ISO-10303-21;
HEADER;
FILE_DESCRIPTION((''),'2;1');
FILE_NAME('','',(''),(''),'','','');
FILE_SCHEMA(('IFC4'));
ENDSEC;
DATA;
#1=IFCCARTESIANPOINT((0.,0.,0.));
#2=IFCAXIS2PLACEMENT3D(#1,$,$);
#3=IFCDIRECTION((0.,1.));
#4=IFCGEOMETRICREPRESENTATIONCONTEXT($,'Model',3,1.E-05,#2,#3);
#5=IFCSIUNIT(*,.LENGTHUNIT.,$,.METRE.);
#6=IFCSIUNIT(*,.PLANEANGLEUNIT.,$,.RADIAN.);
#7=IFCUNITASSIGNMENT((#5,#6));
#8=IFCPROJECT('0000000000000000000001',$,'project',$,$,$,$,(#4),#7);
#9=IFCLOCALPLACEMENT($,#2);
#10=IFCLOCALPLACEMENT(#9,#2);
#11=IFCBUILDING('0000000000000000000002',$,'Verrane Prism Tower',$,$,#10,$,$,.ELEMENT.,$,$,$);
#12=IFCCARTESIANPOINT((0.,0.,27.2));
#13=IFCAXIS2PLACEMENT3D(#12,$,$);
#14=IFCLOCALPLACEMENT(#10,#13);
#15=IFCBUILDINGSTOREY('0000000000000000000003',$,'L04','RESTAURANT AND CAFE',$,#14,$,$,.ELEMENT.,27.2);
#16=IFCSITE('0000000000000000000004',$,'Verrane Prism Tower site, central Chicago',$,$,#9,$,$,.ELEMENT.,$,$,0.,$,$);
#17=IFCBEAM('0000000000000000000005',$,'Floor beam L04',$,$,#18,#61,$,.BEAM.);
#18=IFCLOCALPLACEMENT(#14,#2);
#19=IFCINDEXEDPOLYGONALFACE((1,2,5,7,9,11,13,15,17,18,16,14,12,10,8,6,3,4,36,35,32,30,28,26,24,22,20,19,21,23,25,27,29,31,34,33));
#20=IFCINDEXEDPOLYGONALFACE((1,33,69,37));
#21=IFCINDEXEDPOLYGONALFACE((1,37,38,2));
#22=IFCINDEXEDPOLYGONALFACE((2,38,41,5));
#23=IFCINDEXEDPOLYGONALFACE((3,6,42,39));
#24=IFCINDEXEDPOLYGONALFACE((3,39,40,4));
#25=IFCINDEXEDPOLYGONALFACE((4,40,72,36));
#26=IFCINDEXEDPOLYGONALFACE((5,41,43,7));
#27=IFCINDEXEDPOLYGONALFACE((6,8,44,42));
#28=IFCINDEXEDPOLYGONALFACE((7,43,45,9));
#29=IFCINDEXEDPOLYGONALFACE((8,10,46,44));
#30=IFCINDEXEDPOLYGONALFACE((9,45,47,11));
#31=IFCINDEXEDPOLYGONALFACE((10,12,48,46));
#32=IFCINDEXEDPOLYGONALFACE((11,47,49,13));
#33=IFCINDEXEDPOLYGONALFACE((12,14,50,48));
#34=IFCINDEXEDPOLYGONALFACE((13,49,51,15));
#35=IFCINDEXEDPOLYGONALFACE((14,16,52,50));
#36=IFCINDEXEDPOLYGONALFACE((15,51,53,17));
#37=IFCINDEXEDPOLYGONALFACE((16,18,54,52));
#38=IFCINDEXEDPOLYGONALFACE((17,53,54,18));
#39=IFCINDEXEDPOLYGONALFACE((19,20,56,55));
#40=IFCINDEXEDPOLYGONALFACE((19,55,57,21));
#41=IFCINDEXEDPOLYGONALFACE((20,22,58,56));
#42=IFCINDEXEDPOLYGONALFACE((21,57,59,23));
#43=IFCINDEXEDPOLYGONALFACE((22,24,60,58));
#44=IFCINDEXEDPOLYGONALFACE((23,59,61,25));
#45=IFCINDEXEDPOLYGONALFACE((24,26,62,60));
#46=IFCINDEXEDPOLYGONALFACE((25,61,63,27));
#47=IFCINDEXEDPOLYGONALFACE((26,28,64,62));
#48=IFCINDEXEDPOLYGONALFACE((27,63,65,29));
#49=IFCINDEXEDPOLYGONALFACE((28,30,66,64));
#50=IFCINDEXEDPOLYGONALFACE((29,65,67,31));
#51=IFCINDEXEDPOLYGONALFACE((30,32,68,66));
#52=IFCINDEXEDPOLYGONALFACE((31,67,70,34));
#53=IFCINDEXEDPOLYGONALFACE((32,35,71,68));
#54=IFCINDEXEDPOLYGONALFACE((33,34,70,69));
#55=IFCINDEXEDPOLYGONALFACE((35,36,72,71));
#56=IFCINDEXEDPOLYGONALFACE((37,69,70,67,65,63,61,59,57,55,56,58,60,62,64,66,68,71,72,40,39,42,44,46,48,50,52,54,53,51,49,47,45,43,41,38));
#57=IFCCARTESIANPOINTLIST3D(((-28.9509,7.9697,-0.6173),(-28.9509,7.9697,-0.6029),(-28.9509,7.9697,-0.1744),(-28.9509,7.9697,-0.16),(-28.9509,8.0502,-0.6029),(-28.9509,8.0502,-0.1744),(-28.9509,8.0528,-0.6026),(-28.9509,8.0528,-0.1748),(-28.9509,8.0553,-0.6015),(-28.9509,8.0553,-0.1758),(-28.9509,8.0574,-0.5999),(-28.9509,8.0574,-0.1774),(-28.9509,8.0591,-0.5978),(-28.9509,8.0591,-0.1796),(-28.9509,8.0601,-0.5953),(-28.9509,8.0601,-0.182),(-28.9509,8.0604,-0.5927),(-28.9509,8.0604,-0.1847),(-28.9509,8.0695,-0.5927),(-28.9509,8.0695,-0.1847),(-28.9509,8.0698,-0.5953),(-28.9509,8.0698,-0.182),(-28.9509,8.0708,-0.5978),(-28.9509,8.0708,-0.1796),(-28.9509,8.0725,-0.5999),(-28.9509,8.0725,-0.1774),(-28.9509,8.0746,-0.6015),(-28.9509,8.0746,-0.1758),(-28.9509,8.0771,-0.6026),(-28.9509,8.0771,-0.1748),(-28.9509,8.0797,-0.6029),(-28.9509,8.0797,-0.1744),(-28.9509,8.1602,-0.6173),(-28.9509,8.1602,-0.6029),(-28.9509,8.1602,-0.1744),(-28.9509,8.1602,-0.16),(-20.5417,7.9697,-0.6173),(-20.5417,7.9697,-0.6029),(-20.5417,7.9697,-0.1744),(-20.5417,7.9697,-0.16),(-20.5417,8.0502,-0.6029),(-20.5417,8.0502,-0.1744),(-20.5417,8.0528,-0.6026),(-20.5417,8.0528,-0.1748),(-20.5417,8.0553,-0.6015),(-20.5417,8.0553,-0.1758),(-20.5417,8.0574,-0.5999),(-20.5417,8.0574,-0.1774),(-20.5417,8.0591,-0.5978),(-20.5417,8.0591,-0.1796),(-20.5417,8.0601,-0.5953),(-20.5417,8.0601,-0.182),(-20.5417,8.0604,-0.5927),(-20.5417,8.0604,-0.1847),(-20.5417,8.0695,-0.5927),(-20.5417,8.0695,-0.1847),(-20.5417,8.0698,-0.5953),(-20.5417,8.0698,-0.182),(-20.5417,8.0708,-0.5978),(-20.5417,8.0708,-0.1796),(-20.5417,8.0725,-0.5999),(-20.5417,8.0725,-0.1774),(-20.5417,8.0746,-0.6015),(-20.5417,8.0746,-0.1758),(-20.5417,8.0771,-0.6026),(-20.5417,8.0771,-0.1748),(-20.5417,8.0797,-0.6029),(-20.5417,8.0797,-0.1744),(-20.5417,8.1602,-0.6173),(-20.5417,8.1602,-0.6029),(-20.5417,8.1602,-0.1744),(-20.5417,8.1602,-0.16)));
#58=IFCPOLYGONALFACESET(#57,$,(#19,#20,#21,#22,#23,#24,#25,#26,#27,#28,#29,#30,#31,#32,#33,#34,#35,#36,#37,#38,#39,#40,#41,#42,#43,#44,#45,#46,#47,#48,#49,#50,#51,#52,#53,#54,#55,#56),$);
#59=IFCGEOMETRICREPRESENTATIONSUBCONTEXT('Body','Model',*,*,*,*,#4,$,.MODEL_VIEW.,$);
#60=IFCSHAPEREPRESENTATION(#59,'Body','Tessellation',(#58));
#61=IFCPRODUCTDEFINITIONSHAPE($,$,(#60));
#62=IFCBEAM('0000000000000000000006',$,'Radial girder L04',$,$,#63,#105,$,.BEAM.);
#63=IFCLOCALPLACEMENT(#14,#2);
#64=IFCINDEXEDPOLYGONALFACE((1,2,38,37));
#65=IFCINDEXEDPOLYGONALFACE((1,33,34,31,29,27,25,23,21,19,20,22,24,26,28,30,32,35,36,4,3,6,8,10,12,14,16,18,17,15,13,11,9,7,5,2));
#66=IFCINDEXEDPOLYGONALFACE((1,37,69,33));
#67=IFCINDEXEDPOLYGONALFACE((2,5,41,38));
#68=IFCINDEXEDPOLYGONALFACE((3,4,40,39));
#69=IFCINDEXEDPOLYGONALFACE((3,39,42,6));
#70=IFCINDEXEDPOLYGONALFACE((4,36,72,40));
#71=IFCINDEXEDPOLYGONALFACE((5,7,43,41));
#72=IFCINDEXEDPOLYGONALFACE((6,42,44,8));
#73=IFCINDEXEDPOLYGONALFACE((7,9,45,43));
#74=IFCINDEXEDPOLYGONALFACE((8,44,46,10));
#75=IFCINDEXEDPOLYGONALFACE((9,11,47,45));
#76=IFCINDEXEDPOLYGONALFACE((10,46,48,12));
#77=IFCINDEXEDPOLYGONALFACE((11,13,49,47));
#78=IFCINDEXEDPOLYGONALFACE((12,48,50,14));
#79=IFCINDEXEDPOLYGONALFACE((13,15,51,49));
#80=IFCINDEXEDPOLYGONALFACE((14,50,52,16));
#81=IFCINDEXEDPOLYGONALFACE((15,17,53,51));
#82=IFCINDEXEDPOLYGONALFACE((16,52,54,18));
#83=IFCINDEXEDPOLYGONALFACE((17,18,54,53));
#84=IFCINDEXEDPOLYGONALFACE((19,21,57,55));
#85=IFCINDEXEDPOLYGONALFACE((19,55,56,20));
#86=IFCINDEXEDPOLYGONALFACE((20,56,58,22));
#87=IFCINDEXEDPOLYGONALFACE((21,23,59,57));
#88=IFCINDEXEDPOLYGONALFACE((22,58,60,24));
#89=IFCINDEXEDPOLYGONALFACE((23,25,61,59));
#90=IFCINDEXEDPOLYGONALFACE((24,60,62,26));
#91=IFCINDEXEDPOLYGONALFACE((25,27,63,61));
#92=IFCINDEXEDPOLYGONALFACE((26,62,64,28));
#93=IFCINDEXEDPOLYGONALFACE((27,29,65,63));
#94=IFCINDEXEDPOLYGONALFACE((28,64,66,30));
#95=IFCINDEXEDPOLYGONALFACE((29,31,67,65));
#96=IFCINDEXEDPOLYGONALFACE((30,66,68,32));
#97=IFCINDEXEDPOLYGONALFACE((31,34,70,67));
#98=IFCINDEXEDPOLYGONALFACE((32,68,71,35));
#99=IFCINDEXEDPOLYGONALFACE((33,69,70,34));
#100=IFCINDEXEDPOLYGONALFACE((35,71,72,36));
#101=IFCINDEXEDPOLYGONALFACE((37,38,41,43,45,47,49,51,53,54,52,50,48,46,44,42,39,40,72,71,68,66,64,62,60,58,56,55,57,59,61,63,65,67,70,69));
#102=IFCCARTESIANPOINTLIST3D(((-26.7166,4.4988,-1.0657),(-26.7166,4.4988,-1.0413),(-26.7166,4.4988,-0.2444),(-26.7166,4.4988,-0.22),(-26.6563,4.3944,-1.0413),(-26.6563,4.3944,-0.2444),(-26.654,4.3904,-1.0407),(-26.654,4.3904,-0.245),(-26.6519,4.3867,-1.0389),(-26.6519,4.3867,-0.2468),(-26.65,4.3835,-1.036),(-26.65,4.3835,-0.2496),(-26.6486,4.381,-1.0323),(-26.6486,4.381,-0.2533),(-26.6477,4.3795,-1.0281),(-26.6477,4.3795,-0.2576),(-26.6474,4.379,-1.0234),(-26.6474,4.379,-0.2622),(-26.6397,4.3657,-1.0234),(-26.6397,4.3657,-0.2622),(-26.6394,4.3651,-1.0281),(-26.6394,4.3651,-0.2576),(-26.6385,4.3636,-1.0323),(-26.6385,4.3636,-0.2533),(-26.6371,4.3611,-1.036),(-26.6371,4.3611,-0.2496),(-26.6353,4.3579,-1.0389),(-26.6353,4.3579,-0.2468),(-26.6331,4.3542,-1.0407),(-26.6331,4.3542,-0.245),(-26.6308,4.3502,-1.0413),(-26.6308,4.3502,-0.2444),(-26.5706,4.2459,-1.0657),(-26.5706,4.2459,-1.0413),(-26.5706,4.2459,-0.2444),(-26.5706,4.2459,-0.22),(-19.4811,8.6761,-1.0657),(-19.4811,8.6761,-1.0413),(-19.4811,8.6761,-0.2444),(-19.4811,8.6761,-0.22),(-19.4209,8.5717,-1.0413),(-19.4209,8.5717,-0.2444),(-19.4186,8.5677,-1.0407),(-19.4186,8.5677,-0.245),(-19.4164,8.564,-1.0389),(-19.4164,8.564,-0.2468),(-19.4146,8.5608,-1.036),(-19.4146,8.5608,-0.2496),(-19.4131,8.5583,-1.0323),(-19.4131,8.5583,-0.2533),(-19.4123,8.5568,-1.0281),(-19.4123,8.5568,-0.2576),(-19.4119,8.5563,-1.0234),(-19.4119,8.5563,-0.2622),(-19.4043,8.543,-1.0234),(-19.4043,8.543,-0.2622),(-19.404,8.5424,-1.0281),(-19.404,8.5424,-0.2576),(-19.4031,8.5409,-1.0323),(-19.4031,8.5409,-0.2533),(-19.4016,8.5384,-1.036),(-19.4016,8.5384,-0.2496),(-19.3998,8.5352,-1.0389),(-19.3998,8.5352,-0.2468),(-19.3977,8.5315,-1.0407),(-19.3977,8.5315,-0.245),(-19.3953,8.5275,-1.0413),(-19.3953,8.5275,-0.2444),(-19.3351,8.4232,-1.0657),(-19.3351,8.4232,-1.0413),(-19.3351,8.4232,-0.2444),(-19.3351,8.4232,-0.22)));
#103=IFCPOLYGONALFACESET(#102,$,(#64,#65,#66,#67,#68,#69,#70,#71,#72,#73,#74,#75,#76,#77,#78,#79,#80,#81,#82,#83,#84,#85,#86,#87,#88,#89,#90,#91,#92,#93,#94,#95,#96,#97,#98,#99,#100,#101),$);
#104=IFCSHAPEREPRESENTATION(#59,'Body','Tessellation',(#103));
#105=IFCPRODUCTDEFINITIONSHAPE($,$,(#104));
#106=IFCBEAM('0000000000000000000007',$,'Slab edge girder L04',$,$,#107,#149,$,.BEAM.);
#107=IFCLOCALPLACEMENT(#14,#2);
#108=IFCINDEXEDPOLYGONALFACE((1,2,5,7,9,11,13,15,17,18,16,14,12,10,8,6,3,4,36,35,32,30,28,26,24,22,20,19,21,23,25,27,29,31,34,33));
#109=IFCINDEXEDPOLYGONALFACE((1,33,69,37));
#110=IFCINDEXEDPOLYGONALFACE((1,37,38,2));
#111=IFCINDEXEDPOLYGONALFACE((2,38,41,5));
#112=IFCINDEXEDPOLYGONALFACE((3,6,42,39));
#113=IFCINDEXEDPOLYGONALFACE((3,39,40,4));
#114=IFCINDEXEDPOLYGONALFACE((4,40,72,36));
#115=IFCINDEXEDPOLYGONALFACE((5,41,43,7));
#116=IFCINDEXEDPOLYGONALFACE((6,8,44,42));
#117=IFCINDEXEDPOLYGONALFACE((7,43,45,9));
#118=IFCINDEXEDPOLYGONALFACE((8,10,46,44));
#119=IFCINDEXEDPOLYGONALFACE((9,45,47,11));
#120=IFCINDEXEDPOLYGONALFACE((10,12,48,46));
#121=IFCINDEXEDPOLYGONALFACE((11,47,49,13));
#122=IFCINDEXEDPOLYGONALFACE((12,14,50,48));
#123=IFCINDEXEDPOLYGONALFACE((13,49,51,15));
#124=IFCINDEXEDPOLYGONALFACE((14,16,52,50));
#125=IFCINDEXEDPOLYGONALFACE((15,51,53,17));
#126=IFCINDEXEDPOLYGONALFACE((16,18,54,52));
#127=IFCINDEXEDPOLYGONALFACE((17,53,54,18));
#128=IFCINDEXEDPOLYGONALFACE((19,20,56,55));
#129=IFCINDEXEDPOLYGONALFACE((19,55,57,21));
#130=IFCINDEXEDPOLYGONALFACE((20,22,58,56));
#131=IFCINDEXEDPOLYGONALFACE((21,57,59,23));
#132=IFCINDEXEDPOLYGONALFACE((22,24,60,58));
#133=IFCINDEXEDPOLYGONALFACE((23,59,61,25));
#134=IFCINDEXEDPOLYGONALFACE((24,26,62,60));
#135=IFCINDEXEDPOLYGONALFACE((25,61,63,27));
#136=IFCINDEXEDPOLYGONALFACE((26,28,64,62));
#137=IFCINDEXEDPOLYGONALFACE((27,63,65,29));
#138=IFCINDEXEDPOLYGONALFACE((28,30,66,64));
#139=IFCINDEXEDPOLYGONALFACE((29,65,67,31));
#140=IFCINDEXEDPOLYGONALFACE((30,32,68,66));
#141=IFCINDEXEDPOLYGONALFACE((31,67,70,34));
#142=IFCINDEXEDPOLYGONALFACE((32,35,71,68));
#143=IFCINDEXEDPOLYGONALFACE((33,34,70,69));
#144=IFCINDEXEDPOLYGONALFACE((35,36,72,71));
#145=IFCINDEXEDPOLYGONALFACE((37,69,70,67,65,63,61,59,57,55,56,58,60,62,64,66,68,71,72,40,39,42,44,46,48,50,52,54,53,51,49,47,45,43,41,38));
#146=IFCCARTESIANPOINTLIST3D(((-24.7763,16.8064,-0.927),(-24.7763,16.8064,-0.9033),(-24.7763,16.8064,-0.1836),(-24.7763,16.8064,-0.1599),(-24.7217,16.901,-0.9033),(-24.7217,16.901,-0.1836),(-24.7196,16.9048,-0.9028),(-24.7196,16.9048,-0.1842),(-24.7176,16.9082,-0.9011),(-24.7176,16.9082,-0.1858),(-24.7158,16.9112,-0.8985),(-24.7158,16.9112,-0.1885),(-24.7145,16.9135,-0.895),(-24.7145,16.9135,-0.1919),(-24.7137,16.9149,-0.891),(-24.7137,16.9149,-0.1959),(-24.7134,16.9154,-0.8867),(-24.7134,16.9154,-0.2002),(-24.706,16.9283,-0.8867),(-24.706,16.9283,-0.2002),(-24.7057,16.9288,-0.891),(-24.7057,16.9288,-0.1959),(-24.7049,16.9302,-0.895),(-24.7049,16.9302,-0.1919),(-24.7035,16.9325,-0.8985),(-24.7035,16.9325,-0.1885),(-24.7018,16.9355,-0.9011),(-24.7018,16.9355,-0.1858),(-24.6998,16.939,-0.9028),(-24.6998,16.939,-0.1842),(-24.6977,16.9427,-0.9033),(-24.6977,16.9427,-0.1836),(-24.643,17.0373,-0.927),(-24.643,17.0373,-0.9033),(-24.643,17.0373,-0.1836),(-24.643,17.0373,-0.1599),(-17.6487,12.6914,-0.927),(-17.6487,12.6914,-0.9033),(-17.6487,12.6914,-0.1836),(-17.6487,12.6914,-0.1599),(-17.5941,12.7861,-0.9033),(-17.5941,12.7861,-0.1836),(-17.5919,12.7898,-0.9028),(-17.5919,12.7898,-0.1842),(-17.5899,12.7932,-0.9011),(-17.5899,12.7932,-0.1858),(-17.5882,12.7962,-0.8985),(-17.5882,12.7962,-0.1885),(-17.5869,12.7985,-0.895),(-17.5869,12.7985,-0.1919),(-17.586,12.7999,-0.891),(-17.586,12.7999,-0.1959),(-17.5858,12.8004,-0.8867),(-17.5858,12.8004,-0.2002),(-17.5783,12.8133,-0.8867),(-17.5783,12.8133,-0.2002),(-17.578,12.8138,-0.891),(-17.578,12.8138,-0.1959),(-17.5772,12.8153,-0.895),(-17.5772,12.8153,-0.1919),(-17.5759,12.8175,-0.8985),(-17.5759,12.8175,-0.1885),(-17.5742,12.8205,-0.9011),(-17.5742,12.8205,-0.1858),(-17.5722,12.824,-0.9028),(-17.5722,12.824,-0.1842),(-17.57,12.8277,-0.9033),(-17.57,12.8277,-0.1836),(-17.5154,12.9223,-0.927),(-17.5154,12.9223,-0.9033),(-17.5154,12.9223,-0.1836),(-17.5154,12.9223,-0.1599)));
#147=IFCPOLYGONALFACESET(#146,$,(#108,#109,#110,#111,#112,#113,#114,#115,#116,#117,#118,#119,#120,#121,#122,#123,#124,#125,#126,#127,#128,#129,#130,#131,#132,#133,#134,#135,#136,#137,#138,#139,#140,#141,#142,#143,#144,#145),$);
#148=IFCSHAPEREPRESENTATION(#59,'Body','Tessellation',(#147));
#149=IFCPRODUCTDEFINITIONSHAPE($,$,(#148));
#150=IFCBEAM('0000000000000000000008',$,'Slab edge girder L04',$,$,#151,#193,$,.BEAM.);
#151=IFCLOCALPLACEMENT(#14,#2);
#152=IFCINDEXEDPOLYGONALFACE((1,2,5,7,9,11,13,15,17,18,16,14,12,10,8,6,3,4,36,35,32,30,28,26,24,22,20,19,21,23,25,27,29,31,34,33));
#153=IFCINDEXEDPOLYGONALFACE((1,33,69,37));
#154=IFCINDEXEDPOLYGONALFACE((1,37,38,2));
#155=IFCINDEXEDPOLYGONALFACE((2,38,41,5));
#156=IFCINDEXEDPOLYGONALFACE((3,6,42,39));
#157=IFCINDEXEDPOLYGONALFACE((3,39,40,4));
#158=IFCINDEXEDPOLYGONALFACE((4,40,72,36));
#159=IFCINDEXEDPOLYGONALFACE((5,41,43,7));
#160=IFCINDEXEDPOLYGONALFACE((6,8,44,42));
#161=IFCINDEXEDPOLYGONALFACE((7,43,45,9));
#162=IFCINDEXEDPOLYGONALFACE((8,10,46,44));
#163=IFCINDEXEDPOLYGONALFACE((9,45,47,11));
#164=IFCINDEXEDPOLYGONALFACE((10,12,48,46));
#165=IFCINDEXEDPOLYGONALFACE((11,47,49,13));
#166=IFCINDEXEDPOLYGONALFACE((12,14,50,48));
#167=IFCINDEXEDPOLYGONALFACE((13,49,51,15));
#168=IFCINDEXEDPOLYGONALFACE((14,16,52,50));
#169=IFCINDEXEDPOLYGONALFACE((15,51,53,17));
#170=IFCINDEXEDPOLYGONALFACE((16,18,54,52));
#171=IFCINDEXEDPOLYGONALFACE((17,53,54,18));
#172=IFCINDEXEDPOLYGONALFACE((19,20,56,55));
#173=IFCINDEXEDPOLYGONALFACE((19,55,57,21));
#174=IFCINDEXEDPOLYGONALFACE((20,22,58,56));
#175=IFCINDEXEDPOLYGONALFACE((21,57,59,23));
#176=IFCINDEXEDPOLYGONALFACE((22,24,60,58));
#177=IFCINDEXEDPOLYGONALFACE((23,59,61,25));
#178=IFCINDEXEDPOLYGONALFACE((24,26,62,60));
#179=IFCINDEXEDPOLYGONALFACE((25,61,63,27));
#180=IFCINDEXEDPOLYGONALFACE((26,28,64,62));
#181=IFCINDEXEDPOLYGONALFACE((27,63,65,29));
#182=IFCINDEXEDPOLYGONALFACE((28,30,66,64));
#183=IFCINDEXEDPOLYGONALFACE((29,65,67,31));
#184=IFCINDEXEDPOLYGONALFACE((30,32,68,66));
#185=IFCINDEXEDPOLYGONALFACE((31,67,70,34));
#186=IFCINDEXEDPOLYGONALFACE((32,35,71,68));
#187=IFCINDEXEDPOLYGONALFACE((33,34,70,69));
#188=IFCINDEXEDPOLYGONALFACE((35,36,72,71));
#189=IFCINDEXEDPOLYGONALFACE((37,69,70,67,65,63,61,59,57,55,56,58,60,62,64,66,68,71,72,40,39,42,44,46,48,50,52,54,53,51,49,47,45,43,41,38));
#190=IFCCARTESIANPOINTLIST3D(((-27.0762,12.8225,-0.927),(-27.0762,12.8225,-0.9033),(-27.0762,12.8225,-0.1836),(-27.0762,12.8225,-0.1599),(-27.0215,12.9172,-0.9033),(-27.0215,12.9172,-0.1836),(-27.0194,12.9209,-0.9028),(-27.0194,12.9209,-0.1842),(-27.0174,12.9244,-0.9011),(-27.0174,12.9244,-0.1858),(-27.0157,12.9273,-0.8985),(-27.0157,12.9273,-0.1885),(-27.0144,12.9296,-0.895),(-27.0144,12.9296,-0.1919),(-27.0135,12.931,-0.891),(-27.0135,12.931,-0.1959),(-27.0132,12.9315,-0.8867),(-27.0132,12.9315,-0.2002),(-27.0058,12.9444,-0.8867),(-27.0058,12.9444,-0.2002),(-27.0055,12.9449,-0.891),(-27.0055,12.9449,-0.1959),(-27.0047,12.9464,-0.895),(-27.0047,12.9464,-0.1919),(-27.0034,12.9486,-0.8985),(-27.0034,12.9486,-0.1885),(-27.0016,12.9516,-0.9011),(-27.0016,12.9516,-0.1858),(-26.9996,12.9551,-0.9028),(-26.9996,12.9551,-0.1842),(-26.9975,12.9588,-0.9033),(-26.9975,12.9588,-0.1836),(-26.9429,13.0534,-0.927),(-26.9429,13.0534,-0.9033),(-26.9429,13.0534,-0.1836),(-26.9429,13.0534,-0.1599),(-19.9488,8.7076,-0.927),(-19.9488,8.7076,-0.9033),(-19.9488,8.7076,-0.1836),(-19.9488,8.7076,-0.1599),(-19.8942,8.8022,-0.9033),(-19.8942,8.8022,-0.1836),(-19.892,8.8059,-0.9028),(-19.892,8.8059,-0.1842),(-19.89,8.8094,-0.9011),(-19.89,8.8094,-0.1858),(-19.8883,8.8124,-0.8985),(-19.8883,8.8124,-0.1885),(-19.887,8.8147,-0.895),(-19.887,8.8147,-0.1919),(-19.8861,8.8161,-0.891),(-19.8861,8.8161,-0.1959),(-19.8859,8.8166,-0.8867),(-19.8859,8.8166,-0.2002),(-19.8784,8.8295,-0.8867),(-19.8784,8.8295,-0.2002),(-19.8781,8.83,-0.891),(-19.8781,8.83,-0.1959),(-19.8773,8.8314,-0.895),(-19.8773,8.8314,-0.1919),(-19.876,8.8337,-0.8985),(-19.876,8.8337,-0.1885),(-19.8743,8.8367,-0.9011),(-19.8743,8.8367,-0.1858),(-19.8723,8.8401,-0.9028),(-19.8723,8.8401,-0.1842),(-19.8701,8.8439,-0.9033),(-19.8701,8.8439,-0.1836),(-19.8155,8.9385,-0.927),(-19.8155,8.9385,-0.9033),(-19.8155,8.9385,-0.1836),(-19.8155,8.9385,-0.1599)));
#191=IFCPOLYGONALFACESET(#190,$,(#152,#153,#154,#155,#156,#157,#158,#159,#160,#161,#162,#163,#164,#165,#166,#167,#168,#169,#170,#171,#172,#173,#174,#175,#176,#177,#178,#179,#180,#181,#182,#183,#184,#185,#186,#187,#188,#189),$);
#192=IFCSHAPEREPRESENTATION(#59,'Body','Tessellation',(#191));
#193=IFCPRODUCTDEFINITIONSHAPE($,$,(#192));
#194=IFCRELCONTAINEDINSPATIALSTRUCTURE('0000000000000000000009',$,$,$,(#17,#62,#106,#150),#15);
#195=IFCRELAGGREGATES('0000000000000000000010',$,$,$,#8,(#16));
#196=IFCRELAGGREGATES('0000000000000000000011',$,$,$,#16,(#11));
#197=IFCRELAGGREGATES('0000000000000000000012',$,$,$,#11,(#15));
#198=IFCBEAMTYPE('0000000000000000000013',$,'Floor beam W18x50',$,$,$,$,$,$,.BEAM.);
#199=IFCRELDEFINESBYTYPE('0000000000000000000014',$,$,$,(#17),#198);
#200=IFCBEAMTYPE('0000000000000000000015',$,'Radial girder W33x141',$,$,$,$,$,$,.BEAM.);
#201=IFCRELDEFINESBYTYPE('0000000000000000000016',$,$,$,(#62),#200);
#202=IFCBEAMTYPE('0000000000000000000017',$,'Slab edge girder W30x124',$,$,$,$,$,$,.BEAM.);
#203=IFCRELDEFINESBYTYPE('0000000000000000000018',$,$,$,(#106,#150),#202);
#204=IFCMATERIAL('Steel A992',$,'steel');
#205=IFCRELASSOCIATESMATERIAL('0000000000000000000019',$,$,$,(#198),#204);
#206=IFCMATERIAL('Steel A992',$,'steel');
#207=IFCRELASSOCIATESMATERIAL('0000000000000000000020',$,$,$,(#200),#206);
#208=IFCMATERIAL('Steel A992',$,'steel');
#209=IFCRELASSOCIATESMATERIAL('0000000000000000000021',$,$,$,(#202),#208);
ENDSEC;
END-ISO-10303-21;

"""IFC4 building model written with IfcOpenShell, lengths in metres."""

from ifc_helpers import new_model, si_unit, direction, frame, origin, origin_2d, place, context, subcontext, project, spatial, i_section, extrude, material, material_profile, profile_set, type_object, element, save


model = new_model("IFC4")

# Units and contexts
model_context = context("Model", 3, precision=1e-05, world=origin(), true_north=direction((0.0, 1.0)))
body_context = subcontext(model_context, "Body", "Model", "MODEL_VIEW")
ifc_project = project(units=[si_unit("LENGTHUNIT", "METRE"), si_unit("PLANEANGLEUNIT", "RADIAN")], contexts=[model_context])

# Site, building, storey
site_placement = place(None, origin())
site = spatial("IfcSite", under=ifc_project, at=site_placement, Name="Verrane Prism Tower site, central Chicago", CompositionType="ELEMENT", RefElevation=0.0)
building_placement = place(site_placement, origin())
building = spatial("IfcBuilding", under=site, at=building_placement, Name="Verrane Prism Tower", CompositionType="ELEMENT")
storey_placement = place(building_placement, frame((0.0, 0.0, 27.2)))
storey = spatial("IfcBuildingStorey", under=building, at=storey_placement, Name="L04", Description="RESTAURANT AND CAFE", CompositionType="ELEMENT", Elevation=27.2)

# Beams
ifc_material_1 = material(Name="Steel A992", Category="steel")
ifc_material_profile_1 = material_profile(ifc_material_1, i_section(OverallWidth=0.1904, OverallDepth=0.4573, WebThickness=0.009, FlangeThickness=0.0144, FilletRadius=0.0103, at=origin_2d()), Name="W18x50")
ifc_profile_set_1 = profile_set([ifc_material_profile_1], Name="Steel A992")
beam_type_1 = type_object("IfcBeamType", Name="Floor beam W18x50", PredefinedType="BEAM", material=ifc_profile_set_1)
beam_1_placement = place(storey_placement, frame((-28.9509, 8.0649, -0.3887), z_axis=(1.0, 0.0, 0.0), x_axis=(0.0, 1.0, 0.0)))
element("IfcBeam", 1, at=beam_1_placement, inside=storey, type_object=beam_type_1, Name="Floor beam L04", PredefinedType="BEAM", context=body_context, shape_type="SweptSolid", body=[
    extrude(i_section(OverallWidth=0.1904, OverallDepth=0.4573, WebThickness=0.009, FlangeThickness=0.0144, FilletRadius=0.0103, at=origin_2d()), origin(), (0.0, 0.0, 1.0), 8.4092),
])
ifc_material_2 = material(Name="Steel A992", Category="steel")
ifc_material_profile_2 = material_profile(ifc_material_2, i_section(OverallWidth=0.292, OverallDepth=0.8457, WebThickness=0.0154, FlangeThickness=0.0244, FilletRadius=0.0178, at=origin_2d()), Name="W33x141")
ifc_profile_set_2 = profile_set([ifc_material_profile_2], Name="Steel A992")
beam_type_2 = type_object("IfcBeamType", Name="Radial girder W33x141", PredefinedType="BEAM", material=ifc_profile_set_2)
beam_2_placement = place(storey_placement, frame((-26.6436, 4.3723, -0.6428), z_axis=(0.86603, 0.499992, 0.0), x_axis=(-0.499992, 0.86603, 0.0)))
element("IfcBeam", 2, at=beam_2_placement, inside=storey, type_object=beam_type_2, Name="Radial girder L04", PredefinedType="BEAM", context=body_context, shape_type="SweptSolid", body=[
    extrude(i_section(OverallWidth=0.292, OverallDepth=0.8457, WebThickness=0.0154, FlangeThickness=0.0244, FilletRadius=0.0178, at=origin_2d()), origin(), (0.0, 0.0, 1.0), 8.3547),
])
ifc_material_3 = material(Name="Steel A992", Category="steel")
ifc_material_profile_3 = material_profile(ifc_material_3, i_section(OverallWidth=0.2666, OverallDepth=0.7671, WebThickness=0.0149, FlangeThickness=0.0237, FilletRadius=0.0166, at=origin_2d()), Name="W30x124")
ifc_profile_set_3 = profile_set([ifc_material_profile_3], Name="Steel A992")
beam_type_3 = type_object("IfcBeamType", Name="Slab edge girder W30x124", PredefinedType="BEAM", material=ifc_profile_set_3)
beam_3_placement = place(storey_placement, frame((-17.582, 12.8069, -0.5435), z_axis=(-0.866035, 0.499984, 0.0), x_axis=(-0.499984, -0.866035, 0.0)))
element("IfcBeam", 3, at=beam_3_placement, inside=storey, type_object=beam_type_3, Name="Slab edge girder L04", PredefinedType="BEAM", context=body_context, shape_type="SweptSolid", body=[
    extrude(i_section(OverallWidth=0.2666, OverallDepth=0.7671, WebThickness=0.0149, FlangeThickness=0.0237, FilletRadius=0.0166, at=origin_2d()), origin(), (0.0, 0.0, 1.0), 8.2302),
])
beam_4_placement = place(storey_placement, frame((-27.0095, 12.938, -0.5435), z_axis=(0.866028, -0.499996, 0.0), x_axis=(0.499996, 0.866028, 0.0)))
element("IfcBeam", 4, at=beam_4_placement, inside=storey, type_object=beam_type_3, Name="Slab edge girder L04", PredefinedType="BEAM", context=body_context, shape_type="SweptSolid", body=[
    extrude(i_section(OverallWidth=0.2666, OverallDepth=0.7671, WebThickness=0.0149, FlangeThickness=0.0237, FilletRadius=0.0166, at=origin_2d()), origin(), (0.0, 0.0, 1.0), 8.23),
])

save(model, "model.ifc")
